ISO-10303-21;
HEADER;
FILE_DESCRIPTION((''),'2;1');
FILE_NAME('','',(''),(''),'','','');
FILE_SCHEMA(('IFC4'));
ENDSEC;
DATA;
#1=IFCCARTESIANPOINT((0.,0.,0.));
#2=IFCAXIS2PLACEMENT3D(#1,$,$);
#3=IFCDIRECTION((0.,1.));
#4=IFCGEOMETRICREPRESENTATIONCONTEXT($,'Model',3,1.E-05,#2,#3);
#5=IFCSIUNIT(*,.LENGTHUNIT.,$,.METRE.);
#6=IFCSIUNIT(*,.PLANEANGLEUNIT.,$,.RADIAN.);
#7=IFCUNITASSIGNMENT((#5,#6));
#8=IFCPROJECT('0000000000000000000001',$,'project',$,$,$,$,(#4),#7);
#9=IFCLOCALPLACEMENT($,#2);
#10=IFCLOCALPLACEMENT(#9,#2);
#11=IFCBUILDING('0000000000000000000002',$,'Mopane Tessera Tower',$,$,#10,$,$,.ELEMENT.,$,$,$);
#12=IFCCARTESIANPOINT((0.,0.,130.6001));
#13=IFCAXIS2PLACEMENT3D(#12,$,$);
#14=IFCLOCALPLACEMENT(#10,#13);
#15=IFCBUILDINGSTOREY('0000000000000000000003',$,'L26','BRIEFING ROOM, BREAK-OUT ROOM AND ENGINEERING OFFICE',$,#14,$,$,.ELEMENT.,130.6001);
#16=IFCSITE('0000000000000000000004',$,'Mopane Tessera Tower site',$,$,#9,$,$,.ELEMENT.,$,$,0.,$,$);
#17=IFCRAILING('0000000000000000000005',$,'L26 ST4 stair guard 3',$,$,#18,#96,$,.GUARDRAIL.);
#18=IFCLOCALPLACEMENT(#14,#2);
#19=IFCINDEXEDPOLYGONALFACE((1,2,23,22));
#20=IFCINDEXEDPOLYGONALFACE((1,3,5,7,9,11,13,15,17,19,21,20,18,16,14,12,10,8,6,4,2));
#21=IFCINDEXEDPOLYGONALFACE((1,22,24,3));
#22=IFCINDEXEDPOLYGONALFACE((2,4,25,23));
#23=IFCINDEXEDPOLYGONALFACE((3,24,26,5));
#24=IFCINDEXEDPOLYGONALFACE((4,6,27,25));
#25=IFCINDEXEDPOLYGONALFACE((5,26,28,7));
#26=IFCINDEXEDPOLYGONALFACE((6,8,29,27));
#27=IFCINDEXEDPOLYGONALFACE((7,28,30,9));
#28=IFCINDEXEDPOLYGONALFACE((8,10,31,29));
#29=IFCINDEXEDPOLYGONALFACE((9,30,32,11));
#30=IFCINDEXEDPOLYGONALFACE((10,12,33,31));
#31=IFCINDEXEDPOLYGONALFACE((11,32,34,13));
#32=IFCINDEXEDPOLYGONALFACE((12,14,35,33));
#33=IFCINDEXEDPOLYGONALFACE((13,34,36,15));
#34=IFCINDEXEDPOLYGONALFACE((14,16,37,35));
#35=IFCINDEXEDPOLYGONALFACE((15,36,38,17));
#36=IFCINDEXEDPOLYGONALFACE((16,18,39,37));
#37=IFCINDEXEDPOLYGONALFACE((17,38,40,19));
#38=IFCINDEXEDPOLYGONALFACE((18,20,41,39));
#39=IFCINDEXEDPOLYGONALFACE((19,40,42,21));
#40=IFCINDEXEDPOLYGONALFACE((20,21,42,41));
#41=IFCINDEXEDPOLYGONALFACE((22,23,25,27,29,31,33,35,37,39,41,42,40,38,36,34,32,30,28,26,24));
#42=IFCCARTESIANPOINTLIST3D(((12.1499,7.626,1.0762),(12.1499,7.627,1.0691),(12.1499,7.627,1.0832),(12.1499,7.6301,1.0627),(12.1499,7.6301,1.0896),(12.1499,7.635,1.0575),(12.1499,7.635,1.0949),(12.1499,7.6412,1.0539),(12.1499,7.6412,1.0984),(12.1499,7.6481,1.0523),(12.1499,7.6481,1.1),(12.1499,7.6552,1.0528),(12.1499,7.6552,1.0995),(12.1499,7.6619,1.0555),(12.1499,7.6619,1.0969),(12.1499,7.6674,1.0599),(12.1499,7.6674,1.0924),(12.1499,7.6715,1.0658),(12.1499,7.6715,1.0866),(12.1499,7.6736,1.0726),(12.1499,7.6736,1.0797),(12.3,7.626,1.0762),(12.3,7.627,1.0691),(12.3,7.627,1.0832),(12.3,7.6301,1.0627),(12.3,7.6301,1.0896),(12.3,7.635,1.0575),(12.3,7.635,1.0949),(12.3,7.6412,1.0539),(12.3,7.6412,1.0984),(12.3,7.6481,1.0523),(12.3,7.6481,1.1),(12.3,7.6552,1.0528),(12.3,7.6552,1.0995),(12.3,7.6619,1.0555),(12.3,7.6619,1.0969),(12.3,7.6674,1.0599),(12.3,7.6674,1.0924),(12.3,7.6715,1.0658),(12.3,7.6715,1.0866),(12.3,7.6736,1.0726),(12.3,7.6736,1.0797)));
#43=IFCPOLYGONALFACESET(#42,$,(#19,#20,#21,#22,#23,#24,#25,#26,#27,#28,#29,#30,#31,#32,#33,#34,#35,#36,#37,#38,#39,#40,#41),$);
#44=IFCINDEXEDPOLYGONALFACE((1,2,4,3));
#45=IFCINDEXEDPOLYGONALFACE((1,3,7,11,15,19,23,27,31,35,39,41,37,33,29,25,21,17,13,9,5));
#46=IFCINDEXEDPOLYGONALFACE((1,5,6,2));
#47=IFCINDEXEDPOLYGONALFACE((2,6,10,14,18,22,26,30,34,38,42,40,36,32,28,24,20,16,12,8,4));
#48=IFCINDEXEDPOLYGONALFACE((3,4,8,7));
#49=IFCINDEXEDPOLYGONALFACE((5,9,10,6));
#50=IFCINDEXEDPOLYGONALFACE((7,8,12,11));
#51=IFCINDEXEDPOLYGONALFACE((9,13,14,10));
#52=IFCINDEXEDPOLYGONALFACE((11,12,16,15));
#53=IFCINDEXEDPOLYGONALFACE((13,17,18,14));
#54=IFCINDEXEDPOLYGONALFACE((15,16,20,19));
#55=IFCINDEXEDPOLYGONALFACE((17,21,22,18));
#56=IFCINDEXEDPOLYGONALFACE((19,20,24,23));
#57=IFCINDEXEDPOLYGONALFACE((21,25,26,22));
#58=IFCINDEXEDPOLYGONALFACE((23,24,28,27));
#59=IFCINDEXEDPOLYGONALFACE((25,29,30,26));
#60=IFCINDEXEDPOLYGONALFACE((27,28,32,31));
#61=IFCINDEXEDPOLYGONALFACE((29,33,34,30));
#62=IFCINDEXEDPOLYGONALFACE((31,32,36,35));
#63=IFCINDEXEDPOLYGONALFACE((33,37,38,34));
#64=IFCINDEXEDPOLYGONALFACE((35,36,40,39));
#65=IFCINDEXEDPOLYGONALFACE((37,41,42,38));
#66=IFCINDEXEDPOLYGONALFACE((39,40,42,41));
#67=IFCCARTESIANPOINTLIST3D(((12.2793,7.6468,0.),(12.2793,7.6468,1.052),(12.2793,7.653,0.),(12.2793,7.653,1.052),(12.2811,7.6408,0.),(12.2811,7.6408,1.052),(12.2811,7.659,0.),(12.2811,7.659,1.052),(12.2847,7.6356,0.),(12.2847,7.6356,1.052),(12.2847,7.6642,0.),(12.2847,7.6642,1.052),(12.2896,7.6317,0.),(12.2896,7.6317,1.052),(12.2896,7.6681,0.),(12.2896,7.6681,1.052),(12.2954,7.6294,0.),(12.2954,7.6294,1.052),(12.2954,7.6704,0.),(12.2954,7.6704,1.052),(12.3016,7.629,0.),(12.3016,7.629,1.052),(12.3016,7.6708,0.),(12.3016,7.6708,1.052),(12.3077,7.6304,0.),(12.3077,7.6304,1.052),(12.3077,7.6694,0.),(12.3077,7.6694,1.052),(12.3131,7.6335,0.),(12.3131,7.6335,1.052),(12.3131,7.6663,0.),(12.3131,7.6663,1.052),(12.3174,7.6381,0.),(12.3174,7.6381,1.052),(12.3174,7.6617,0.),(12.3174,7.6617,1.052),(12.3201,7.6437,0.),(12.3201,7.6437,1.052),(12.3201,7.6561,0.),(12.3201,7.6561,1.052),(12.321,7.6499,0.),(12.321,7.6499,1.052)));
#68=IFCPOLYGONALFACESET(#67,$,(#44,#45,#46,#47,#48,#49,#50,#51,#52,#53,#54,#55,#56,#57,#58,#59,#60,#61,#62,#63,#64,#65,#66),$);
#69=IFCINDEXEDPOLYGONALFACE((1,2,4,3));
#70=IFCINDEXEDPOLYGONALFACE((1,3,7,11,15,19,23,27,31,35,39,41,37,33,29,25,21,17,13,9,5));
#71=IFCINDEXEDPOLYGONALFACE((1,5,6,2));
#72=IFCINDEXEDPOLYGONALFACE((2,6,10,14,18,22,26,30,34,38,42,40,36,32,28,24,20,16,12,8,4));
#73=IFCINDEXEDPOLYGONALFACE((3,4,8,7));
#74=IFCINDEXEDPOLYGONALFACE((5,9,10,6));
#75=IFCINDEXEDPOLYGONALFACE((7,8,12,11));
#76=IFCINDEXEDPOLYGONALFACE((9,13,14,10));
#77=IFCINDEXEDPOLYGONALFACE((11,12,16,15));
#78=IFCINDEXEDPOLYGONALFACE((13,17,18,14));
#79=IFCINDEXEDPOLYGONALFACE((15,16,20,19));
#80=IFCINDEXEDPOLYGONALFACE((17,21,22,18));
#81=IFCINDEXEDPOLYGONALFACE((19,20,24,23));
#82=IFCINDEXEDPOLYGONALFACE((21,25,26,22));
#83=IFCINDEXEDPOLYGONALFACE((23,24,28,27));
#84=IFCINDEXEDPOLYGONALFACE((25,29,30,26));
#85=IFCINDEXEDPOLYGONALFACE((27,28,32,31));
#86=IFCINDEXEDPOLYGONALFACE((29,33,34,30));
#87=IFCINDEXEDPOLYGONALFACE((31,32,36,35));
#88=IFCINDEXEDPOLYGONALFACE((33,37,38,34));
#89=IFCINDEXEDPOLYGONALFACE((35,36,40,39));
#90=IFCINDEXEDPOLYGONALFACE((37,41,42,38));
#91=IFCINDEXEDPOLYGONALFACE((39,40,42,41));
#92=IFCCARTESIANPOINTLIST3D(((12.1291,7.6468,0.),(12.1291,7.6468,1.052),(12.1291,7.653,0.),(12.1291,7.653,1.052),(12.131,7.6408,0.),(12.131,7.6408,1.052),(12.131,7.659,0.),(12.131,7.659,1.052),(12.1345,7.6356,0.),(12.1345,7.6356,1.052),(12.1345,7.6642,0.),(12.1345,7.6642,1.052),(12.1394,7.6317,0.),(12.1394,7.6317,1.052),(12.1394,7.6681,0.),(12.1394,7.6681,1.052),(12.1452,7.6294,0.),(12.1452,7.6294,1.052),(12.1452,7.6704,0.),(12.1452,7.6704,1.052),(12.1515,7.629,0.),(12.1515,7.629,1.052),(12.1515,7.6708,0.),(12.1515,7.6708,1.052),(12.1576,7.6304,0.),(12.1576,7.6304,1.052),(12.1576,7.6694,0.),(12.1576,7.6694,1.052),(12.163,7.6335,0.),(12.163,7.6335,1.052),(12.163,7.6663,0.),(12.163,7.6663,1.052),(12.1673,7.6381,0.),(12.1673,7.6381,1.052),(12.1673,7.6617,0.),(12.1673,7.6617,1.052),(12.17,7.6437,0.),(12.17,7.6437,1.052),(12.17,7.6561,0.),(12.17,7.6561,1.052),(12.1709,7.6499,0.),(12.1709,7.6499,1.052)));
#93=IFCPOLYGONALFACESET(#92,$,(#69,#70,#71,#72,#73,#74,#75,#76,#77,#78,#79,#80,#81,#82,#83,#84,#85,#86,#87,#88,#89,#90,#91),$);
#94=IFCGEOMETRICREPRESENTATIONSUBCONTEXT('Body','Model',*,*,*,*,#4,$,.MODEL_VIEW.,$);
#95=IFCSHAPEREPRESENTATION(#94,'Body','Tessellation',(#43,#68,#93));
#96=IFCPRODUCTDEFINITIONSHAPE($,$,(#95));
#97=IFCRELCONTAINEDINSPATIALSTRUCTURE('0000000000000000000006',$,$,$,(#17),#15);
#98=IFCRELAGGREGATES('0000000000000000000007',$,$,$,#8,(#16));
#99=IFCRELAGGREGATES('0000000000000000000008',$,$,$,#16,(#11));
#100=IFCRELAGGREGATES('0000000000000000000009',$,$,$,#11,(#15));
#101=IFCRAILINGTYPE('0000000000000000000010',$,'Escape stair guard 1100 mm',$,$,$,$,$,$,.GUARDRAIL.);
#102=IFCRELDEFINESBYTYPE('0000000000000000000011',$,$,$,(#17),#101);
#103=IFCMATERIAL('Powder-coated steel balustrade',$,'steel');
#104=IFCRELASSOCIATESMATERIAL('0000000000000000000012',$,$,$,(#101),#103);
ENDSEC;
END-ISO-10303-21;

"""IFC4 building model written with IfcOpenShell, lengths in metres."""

from ifc_helpers import new_model, si_unit, direction, frame, origin, origin_2d, place, context, subcontext, project, spatial, circle, extrude, material, type_object, element, save


model = new_model("IFC4")

# Units and contexts
model_context = context("Model", 3, precision=1e-05, world=origin(), true_north=direction((0.0, 1.0)))
body_context = subcontext(model_context, "Body", "Model", "MODEL_VIEW")
ifc_project = project(units=[si_unit("LENGTHUNIT", "METRE"), si_unit("PLANEANGLEUNIT", "RADIAN")], contexts=[model_context])

# Site, building, storey
site_placement = place(None, origin())
site = spatial("IfcSite", under=ifc_project, at=site_placement, Name="Mopane Tessera Tower site", CompositionType="ELEMENT", RefElevation=0.0)
building_placement = place(site_placement, origin())
building = spatial("IfcBuilding", under=site, at=building_placement, Name="Mopane Tessera Tower", CompositionType="ELEMENT")
storey_placement = place(building_placement, frame((0.0, 0.0, 130.6001)))
storey = spatial("IfcBuildingStorey", under=building, at=storey_placement, Name="L26", Description="BRIEFING ROOM, BREAK-OUT ROOM AND ENGINEERING OFFICE", CompositionType="ELEMENT", Elevation=130.6001)

# Railing
ifc_material_1 = material(Name="Powder-coated steel balustrade", Category="steel")
railing_type_1 = type_object("IfcRailingType", Name="Escape stair guard 1100 mm", PredefinedType="GUARDRAIL", material=ifc_material_1)
railing_1_placement = place(storey_placement, frame((12.3, 7.6499, 0.0)))
element("IfcRailing", 1, at=railing_1_placement, inside=storey, type_object=railing_type_1, Name="L26 ST4 stair guard 3", PredefinedType="GUARDRAIL", context=body_context, shape_type="SweptSolid", body=[
    extrude(circle(Radius=0.0239, at=origin_2d()), frame((0.0, 0.0, 1.0762), z_axis=(-1.0, 0.0, 0.0), x_axis=(0.0, -1.0, 0.0)), (0.0, 0.0, 1.0), 0.1501),
    extrude(circle(Radius=0.021, at=origin_2d()), origin(), (0.0, 0.0, 1.0), 1.052),
    extrude(circle(Radius=0.021, at=origin_2d()), frame((-0.1501, 0.0, 0.0)), (0.0, 0.0, 1.0), 1.052),
])

save(model, "model.ifc")
